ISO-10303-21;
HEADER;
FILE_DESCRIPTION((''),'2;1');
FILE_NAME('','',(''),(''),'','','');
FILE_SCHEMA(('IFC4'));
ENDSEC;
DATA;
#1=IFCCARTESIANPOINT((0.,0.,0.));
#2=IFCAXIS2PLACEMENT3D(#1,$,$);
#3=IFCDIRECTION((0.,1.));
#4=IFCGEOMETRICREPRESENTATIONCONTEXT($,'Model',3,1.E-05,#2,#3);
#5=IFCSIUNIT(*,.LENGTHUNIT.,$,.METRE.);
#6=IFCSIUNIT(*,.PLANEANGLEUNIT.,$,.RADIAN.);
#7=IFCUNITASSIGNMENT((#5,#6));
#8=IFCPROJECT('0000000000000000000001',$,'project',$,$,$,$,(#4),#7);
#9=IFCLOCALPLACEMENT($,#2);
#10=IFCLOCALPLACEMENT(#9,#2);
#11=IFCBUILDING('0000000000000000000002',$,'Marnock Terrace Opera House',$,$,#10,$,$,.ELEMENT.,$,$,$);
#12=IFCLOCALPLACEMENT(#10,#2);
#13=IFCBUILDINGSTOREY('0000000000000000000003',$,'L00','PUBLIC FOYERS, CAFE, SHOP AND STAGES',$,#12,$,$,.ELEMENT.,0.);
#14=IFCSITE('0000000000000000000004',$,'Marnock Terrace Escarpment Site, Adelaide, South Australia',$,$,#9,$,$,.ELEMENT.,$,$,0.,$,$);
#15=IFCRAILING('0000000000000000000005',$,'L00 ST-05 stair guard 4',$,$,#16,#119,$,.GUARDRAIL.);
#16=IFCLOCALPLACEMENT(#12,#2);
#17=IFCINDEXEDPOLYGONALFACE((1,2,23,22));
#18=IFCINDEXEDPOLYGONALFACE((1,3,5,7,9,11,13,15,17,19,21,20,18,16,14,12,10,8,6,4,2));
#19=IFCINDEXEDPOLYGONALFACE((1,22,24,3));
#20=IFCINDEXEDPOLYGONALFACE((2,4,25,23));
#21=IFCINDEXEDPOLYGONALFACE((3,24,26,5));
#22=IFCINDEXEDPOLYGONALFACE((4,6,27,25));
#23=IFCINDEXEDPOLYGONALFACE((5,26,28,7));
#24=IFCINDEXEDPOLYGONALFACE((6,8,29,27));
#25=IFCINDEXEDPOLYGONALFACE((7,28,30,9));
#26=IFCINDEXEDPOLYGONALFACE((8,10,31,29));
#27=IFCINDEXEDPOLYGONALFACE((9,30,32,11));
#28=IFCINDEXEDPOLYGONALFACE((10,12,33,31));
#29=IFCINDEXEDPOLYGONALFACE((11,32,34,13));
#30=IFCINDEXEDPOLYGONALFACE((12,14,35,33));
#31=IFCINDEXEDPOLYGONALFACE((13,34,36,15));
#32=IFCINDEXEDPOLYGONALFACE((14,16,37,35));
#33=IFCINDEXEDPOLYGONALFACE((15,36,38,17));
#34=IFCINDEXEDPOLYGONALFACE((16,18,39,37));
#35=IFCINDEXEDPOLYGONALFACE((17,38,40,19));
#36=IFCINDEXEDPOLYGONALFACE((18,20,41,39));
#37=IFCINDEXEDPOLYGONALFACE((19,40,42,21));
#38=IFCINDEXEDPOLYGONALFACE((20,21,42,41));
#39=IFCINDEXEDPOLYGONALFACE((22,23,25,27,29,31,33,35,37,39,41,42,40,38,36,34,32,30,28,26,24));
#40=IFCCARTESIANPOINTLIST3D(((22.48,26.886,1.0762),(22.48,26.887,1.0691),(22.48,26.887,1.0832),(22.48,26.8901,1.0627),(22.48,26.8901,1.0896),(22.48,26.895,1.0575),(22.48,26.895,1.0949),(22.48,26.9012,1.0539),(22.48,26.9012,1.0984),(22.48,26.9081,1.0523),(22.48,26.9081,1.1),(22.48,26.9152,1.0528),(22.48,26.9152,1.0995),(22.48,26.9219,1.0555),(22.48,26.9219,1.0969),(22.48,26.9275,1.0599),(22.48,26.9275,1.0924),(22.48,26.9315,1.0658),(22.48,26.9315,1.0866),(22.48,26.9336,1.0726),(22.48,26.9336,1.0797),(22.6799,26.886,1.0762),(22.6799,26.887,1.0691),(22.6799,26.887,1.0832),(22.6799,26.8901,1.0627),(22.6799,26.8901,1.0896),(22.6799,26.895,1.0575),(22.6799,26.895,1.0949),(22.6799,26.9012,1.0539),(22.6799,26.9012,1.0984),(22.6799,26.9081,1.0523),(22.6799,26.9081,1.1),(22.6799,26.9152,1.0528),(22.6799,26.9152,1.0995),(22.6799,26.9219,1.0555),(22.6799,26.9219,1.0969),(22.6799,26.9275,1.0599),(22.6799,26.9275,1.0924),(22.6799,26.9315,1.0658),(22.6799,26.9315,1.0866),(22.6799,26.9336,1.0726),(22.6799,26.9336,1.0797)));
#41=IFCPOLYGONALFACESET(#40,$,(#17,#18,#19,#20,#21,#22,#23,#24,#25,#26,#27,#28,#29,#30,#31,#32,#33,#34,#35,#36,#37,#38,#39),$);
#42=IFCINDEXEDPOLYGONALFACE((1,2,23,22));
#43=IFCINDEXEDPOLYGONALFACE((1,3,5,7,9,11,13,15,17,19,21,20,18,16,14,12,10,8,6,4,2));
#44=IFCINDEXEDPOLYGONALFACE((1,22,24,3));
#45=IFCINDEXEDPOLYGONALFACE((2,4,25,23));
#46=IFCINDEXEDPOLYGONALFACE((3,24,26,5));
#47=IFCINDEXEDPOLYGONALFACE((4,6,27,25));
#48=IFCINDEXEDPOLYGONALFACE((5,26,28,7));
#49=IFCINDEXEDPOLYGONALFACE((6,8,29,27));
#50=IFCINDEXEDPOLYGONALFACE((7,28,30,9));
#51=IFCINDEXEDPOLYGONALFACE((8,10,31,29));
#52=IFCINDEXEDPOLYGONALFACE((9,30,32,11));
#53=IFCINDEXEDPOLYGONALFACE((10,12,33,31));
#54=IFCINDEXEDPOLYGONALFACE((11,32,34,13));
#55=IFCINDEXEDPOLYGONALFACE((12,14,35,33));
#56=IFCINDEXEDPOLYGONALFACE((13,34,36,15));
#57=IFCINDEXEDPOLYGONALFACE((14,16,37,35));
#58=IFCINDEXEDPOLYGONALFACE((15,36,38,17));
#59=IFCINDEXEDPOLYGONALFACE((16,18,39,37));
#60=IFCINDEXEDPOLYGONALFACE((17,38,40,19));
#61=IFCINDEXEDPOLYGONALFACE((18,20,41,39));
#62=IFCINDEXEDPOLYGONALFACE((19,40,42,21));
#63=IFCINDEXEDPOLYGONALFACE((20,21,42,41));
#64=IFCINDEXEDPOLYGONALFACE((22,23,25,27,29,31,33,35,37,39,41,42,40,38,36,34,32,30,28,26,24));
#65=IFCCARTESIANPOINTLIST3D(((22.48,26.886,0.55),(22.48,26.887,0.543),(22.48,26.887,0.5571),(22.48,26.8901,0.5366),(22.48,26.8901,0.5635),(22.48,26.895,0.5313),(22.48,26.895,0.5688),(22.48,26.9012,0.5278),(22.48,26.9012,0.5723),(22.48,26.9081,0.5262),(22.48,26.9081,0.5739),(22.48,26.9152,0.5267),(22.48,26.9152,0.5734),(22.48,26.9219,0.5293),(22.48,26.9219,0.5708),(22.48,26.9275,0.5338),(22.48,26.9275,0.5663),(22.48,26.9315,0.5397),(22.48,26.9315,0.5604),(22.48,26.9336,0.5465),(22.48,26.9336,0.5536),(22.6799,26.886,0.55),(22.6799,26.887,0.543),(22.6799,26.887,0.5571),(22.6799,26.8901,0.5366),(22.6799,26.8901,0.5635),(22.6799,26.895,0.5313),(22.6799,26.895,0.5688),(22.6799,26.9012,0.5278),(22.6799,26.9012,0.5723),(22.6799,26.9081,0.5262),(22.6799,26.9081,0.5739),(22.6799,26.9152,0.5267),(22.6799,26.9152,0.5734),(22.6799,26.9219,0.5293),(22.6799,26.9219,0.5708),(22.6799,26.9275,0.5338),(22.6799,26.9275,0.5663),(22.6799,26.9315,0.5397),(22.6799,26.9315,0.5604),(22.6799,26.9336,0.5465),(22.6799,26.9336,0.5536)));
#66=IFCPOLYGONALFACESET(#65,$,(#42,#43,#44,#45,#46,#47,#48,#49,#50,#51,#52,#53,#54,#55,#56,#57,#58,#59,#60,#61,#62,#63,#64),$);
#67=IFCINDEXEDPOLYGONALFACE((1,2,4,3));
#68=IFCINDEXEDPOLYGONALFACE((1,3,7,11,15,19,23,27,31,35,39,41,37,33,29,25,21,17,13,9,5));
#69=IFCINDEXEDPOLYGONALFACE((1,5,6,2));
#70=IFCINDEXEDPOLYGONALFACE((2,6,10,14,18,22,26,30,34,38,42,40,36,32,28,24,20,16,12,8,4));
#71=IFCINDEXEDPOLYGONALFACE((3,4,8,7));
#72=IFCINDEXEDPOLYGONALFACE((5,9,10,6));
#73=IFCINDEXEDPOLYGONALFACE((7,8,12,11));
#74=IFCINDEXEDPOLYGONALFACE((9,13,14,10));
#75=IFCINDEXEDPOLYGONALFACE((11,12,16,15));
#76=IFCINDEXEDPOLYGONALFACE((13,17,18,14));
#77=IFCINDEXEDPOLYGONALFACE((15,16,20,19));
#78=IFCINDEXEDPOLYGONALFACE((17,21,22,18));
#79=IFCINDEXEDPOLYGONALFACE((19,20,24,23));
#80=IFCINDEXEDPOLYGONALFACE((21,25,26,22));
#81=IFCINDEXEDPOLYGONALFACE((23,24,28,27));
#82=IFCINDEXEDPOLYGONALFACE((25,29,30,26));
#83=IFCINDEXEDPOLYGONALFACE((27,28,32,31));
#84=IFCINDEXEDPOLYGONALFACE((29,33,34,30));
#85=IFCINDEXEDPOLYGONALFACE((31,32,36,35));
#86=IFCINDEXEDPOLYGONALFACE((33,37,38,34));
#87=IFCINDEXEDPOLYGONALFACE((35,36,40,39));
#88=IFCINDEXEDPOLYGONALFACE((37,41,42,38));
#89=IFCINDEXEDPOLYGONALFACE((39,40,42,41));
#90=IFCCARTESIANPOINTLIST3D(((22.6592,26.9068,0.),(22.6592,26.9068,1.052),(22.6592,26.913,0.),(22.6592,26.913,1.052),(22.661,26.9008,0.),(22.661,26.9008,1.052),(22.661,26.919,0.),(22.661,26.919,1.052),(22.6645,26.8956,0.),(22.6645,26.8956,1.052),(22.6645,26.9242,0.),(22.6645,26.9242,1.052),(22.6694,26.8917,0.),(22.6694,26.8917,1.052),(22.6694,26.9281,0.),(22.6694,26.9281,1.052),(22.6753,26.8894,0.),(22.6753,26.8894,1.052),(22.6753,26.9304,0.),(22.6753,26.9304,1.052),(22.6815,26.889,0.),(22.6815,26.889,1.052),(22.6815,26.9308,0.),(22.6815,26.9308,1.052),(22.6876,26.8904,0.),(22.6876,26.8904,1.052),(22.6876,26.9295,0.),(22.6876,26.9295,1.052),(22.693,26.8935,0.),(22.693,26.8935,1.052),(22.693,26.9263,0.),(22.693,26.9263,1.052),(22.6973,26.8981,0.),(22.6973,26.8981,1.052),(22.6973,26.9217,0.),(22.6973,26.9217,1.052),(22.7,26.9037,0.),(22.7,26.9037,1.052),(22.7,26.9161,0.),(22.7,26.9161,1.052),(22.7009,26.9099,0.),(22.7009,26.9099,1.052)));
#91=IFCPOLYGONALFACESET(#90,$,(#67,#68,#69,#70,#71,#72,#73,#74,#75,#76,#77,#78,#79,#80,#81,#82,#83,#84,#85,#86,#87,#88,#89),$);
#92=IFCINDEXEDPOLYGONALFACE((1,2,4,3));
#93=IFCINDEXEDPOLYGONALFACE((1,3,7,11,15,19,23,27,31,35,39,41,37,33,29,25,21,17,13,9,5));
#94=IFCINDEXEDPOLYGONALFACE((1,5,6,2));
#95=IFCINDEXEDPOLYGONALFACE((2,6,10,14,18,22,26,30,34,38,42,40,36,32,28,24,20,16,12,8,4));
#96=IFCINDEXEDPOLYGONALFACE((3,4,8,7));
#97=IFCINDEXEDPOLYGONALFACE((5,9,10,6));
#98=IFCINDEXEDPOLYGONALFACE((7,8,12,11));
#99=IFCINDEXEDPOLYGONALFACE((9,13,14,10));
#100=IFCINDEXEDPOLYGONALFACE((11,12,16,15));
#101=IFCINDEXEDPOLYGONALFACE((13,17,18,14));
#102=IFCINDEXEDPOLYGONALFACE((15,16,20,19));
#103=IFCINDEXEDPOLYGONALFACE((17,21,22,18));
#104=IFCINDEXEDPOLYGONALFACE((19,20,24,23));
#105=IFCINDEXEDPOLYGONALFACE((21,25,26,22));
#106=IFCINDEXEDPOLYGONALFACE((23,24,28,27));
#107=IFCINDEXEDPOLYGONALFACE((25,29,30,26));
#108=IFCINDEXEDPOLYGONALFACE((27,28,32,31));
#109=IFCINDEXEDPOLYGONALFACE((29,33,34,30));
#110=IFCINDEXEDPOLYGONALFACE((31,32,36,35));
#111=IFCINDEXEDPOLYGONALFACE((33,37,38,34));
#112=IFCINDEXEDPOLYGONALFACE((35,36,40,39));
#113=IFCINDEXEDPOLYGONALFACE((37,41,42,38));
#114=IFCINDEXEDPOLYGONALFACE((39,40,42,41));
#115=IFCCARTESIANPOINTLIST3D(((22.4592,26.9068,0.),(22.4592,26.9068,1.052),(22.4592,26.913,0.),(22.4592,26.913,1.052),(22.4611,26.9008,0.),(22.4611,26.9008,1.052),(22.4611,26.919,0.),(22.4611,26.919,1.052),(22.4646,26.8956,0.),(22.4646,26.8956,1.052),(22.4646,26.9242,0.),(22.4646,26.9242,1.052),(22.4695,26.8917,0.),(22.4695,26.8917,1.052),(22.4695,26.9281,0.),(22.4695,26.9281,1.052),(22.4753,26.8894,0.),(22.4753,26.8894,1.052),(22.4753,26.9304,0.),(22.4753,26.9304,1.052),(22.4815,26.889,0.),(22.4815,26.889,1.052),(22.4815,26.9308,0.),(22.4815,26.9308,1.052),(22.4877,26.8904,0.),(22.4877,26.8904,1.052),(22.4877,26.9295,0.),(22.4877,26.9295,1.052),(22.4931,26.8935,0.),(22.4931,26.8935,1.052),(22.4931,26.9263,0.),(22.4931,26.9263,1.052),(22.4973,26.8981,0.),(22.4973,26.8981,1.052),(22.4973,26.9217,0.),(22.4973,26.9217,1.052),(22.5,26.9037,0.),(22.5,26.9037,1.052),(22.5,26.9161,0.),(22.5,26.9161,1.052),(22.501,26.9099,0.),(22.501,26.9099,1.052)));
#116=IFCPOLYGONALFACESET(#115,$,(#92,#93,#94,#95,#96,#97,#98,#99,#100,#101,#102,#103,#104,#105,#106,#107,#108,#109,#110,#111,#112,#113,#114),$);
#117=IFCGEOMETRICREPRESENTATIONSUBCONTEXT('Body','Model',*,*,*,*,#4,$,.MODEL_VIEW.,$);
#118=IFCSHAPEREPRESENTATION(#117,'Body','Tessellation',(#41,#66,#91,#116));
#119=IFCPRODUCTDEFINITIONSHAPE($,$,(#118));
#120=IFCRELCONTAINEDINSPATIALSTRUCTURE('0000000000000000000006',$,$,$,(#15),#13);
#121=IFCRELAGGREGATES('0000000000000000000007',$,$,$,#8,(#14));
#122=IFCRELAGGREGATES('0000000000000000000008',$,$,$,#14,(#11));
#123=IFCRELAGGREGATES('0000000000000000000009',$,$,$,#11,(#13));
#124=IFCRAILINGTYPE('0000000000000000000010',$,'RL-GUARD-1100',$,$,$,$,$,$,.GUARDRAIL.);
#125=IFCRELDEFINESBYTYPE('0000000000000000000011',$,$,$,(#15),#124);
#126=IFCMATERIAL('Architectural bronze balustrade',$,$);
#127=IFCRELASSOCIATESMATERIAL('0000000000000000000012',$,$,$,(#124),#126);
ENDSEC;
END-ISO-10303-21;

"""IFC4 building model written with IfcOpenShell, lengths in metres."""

from ifc_helpers import new_model, si_unit, direction, frame, origin, origin_2d, place, context, subcontext, project, spatial, circle, extrude, material, type_object, element, save


model = new_model("IFC4")

# Units and contexts
model_context = context("Model", 3, precision=1e-05, world=origin(), true_north=direction((0.0, 1.0)))
body_context = subcontext(model_context, "Body", "Model", "MODEL_VIEW")
ifc_project = project(units=[si_unit("LENGTHUNIT", "METRE"), si_unit("PLANEANGLEUNIT", "RADIAN")], contexts=[model_context])

# Site, building, storey
site_placement = place(None, origin())
site = spatial("IfcSite", under=ifc_project, at=site_placement, Name="Marnock Terrace Escarpment Site, Adelaide, South Australia", CompositionType="ELEMENT", RefElevation=0.0)
building_placement = place(site_placement, origin())
building = spatial("IfcBuilding", under=site, at=building_placement, Name="Marnock Terrace Opera House", CompositionType="ELEMENT")
storey_placement = place(building_placement, origin())
storey = spatial("IfcBuildingStorey", under=building, at=storey_placement, Name="L00", Description="PUBLIC FOYERS, CAFE, SHOP AND STAGES", CompositionType="ELEMENT", Elevation=0.0)

# Railing
ifc_material_1 = material(Name="Architectural bronze balustrade")
railing_type_1 = type_object("IfcRailingType", Name="RL-GUARD-1100", PredefinedType="GUARDRAIL", material=ifc_material_1)
railing_1_placement = place(storey_placement, frame((22.6799, 26.9099, 0.0)))
element("IfcRailing", 1, at=railing_1_placement, inside=storey, type_object=railing_type_1, Name="L00 ST-05 stair guard 4", PredefinedType="GUARDRAIL", context=body_context, shape_type="SweptSolid", body=[
    extrude(circle(Radius=0.0239, at=origin_2d()), frame((0.0, 0.0, 1.0762), z_axis=(-1.0, 0.0, 0.0), x_axis=(0.0, -1.0, 0.0)), (0.0, 0.0, 1.0), 0.2),
    extrude(circle(Radius=0.0239, at=origin_2d()), frame((0.0, 0.0, 0.55), z_axis=(-1.0, 0.0, 0.0), x_axis=(0.0, -1.0, 0.0)), (0.0, 0.0, 1.0), 0.2),
    extrude(circle(Radius=0.021, at=origin_2d()), origin(), (0.0, 0.0, 1.0), 1.052),
    extrude(circle(Radius=0.021, at=origin_2d()), frame((-0.2, 0.0, 0.0)), (0.0, 0.0, 1.0), 1.052),
])

save(model, "model.ifc")
